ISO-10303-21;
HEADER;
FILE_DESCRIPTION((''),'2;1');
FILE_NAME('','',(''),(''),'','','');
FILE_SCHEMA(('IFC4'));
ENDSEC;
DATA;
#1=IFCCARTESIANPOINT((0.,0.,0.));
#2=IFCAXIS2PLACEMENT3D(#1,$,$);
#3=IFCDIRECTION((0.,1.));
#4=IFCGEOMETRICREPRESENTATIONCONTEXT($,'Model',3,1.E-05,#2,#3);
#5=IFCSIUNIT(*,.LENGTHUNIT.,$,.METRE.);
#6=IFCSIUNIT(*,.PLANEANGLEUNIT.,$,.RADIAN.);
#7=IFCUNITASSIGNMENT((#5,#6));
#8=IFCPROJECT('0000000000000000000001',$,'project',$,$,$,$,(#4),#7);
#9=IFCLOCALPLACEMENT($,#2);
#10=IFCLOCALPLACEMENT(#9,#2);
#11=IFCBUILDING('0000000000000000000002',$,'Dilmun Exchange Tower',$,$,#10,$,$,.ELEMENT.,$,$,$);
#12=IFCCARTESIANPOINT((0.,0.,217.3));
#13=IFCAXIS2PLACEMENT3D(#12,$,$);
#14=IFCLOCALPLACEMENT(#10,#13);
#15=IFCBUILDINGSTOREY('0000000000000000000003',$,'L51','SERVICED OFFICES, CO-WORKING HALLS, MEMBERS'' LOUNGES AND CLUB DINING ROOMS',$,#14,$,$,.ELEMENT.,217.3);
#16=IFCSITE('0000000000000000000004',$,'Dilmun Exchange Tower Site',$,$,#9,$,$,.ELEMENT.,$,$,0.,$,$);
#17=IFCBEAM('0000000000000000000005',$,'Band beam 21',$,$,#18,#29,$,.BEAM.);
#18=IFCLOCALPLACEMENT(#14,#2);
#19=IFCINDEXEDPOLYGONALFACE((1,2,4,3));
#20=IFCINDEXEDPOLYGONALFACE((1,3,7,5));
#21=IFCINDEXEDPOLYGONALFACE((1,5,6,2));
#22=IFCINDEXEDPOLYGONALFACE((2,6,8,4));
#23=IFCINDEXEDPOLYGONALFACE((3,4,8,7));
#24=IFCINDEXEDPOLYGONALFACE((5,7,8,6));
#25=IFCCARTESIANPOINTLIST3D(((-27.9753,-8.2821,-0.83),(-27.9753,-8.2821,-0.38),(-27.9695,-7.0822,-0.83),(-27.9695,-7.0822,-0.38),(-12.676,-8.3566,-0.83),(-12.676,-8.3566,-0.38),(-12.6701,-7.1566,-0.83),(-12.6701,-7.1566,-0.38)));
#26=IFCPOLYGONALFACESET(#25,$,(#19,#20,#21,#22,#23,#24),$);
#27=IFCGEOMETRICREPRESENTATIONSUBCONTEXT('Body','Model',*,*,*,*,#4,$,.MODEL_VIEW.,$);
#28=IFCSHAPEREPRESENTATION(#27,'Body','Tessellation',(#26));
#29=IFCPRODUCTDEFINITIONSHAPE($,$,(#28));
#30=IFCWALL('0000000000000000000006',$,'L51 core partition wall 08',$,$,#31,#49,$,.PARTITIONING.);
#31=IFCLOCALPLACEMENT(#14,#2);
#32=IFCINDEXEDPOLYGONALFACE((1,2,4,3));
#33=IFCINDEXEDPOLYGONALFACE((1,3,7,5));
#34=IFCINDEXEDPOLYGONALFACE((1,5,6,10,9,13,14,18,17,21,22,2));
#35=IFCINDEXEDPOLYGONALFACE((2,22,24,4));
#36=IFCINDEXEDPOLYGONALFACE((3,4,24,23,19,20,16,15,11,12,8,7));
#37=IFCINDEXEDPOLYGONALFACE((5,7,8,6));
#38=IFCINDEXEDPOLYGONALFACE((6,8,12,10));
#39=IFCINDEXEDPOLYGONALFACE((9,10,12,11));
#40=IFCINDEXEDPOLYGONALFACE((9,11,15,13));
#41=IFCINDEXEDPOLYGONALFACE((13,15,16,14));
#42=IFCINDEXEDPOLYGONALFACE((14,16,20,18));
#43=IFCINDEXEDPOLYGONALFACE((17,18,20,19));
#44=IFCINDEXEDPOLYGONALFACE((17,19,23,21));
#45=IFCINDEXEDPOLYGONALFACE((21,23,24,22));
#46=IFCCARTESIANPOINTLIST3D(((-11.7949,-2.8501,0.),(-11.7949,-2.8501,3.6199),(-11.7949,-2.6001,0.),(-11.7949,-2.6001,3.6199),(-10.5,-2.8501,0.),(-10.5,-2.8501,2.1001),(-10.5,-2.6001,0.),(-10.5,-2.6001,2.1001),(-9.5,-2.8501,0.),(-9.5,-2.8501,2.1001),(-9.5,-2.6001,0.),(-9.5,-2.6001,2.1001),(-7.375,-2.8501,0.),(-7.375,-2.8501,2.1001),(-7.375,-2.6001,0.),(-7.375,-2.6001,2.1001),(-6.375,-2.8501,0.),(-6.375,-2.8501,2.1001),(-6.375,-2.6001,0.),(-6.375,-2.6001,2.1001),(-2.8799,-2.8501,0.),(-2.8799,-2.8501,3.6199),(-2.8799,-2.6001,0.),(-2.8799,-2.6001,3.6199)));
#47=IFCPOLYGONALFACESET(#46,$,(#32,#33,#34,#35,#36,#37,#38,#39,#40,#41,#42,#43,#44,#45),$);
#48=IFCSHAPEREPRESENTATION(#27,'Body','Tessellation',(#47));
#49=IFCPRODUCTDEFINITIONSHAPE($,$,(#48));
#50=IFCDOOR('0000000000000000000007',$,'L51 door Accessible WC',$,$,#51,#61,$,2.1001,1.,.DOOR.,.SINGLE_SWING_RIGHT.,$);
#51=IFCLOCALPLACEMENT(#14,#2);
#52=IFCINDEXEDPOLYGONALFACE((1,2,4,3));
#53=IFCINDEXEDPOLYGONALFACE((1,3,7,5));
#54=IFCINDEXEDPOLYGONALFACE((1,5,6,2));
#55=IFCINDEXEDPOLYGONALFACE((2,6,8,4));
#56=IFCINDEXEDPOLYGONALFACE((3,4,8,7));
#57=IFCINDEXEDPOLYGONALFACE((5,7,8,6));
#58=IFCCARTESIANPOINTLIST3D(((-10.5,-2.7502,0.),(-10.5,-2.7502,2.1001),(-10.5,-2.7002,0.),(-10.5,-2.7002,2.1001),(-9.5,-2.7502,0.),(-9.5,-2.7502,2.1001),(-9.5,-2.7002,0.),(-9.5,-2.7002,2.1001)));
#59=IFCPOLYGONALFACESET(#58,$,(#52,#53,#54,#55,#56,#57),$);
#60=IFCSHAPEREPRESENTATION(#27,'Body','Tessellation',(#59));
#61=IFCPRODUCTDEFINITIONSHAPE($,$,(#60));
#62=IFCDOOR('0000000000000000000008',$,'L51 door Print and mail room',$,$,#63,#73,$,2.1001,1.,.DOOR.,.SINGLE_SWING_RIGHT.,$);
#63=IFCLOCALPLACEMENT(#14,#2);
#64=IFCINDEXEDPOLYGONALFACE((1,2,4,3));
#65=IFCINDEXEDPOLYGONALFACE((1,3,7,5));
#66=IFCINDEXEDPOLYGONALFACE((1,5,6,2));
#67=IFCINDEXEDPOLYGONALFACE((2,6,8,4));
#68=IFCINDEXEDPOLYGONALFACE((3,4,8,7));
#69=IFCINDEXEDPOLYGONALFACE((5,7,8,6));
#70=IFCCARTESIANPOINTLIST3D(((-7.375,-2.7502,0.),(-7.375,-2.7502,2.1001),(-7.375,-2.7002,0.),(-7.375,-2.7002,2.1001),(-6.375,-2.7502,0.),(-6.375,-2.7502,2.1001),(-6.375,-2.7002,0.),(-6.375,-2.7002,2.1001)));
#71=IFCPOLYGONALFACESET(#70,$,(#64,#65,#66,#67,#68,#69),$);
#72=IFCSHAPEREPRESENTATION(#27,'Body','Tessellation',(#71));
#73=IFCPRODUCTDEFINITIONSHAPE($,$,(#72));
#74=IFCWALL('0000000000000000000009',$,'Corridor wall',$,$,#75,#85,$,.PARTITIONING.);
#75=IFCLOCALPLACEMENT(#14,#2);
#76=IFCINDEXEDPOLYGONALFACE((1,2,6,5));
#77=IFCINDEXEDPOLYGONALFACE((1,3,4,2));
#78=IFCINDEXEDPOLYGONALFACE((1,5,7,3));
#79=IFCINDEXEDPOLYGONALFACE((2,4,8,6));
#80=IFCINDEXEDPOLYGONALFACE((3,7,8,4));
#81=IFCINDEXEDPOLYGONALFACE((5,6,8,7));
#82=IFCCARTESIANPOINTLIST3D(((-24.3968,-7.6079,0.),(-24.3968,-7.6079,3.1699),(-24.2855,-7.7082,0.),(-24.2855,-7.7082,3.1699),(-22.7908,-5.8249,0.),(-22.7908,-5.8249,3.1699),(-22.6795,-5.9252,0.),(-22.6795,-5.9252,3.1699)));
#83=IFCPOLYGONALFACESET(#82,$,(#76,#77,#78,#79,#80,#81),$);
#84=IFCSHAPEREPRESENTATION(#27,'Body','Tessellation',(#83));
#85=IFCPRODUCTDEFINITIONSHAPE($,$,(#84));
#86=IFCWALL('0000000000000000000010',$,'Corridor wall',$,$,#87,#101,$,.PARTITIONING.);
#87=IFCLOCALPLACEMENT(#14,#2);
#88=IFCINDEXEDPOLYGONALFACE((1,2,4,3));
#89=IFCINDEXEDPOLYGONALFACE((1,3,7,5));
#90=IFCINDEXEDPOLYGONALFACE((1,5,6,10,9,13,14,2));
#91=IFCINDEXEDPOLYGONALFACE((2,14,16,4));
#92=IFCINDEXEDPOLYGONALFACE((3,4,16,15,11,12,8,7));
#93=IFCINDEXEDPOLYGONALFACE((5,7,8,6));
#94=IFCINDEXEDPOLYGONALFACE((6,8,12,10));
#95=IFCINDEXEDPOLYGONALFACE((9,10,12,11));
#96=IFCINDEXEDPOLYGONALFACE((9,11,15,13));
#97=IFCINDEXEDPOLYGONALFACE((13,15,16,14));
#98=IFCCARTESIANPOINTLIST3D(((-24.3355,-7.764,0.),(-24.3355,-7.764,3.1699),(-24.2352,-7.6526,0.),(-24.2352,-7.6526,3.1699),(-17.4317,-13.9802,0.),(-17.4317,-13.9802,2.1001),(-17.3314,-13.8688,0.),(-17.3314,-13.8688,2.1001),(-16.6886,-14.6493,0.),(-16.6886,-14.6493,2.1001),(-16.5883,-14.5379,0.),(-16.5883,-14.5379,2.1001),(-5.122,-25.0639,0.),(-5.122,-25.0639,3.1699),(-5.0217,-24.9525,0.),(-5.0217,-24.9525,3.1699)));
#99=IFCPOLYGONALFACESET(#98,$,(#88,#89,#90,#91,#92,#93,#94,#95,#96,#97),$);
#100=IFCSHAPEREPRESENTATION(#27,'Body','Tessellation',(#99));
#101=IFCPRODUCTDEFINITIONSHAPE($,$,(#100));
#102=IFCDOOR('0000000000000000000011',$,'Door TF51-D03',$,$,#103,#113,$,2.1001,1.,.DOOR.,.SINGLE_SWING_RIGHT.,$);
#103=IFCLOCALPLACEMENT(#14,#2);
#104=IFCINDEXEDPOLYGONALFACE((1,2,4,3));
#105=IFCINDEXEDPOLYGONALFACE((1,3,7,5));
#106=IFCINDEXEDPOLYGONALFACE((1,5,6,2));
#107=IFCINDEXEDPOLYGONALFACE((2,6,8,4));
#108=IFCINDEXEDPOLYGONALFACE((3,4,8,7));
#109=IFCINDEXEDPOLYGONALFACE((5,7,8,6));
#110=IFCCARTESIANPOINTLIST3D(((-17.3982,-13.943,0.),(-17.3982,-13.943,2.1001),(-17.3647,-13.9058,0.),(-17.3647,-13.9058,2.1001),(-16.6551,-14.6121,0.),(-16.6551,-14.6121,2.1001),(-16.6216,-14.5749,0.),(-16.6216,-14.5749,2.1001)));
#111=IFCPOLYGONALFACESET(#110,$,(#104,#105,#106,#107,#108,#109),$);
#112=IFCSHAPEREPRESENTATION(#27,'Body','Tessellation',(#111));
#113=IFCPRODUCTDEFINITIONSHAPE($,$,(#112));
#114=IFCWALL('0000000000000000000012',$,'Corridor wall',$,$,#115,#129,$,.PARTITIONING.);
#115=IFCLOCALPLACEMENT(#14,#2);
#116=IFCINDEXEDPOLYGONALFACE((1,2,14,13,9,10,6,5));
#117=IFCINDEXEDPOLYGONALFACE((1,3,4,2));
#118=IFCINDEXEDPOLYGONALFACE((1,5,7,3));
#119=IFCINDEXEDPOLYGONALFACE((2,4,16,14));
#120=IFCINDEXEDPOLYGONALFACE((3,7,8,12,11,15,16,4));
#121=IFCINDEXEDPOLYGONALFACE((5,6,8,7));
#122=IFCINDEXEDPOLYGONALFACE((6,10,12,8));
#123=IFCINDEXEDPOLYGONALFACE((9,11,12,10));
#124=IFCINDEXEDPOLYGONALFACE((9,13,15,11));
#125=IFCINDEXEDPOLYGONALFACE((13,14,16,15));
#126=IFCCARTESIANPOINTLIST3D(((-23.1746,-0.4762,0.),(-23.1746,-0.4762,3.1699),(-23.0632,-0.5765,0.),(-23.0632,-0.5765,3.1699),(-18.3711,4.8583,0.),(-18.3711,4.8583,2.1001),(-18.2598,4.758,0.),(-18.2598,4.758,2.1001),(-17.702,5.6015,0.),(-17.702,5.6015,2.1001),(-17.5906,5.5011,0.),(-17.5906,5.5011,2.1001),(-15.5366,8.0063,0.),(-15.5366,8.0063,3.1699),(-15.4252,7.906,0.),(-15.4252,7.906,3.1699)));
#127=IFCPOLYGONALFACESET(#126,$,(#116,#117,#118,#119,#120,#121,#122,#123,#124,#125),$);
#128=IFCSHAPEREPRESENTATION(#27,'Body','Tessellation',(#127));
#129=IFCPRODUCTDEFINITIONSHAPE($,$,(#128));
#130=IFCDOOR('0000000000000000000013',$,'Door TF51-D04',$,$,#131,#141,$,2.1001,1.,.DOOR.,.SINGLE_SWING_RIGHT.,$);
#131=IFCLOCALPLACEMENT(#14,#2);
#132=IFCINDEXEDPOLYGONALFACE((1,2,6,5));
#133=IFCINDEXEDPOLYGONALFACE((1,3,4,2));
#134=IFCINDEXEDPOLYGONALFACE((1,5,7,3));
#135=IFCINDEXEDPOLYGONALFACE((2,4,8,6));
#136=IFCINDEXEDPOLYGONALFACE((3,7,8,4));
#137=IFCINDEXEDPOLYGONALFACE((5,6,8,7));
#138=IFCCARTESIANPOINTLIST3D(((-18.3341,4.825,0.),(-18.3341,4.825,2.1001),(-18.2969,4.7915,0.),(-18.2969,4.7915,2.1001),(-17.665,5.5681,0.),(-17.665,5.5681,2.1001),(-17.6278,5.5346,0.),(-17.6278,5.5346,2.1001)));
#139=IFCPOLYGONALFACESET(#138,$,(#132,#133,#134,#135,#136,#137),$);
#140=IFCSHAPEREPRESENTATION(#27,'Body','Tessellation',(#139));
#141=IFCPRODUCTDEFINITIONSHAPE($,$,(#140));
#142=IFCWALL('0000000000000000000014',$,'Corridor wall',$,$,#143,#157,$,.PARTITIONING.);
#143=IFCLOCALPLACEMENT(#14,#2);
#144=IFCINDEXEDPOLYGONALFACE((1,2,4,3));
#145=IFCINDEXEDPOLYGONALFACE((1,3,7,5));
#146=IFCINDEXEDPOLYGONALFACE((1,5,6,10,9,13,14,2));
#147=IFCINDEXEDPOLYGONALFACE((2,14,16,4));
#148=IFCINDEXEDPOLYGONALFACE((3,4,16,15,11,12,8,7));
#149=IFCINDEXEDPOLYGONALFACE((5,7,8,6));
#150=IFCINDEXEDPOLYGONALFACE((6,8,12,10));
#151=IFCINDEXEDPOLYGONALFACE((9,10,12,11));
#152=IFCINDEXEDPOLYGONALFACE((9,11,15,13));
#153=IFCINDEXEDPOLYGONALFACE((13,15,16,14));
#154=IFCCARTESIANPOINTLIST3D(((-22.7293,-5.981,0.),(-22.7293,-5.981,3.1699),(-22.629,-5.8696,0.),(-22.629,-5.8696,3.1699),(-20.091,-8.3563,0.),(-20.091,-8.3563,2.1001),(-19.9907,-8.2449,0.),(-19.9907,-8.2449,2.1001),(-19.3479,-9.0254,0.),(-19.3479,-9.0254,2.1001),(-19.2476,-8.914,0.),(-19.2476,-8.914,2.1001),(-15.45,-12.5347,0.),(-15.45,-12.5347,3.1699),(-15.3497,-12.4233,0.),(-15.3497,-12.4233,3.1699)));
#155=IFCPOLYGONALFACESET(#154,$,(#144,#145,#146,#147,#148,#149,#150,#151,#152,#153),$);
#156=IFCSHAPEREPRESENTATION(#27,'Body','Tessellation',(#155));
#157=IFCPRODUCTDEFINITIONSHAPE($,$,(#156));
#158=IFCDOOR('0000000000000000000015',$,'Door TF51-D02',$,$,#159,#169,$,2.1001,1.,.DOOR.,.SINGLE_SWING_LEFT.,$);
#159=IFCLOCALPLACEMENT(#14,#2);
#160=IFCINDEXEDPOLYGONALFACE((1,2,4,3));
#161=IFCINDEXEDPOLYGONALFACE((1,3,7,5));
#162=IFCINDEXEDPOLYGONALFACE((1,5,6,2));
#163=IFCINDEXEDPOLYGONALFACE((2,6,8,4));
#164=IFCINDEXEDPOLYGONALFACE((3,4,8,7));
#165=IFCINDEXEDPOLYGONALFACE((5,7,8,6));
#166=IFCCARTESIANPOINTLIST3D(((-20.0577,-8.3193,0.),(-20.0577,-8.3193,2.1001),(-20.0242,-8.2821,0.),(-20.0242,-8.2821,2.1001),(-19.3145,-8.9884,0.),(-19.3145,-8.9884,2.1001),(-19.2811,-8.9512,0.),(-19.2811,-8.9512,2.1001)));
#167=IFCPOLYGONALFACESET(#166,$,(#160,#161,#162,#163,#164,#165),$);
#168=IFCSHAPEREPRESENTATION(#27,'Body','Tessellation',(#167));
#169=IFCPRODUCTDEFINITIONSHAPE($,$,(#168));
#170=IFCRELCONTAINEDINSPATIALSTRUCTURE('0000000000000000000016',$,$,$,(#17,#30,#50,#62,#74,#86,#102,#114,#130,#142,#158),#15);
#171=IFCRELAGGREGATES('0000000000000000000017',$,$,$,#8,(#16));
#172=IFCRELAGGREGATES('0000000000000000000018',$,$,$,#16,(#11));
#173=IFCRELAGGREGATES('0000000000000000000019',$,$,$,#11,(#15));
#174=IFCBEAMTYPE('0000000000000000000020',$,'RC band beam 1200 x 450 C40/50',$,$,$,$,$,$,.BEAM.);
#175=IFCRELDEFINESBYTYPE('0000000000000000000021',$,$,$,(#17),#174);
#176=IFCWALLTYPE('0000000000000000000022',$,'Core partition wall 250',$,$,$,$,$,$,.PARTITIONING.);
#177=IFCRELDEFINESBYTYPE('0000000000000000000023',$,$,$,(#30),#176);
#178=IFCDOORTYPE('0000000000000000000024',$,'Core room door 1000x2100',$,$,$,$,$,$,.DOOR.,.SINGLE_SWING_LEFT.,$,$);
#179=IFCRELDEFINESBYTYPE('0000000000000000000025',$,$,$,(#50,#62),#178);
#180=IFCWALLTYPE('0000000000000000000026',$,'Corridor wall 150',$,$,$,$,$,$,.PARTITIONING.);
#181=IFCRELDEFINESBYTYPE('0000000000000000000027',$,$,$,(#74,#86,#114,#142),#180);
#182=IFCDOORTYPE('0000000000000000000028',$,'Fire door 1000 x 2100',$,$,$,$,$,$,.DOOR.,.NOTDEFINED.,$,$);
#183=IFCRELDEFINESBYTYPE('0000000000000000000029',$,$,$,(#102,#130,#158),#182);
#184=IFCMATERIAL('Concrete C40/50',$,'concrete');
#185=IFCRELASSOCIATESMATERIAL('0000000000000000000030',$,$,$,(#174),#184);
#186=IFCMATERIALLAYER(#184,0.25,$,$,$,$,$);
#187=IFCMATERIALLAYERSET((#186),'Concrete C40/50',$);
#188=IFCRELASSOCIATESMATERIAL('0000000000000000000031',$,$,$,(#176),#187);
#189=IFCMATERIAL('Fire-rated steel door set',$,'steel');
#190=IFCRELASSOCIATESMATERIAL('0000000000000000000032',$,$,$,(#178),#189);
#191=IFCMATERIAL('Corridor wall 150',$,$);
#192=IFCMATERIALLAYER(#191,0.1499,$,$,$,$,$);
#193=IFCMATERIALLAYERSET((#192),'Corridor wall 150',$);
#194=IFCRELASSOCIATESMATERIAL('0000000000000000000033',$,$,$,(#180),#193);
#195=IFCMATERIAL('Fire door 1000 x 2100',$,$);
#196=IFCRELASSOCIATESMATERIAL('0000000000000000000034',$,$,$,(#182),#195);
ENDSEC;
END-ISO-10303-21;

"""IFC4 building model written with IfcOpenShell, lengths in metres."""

from ifc_helpers import new_model, si_unit, direction, frame, frame_2d, origin, origin_2d, place, context, subcontext, project, spatial, rectangle, extrude, material, layer, layer_set, material_profile, profile_set, type_object, element, fill, save


model = new_model("IFC4")

# Units and contexts
model_context = context("Model", 3, precision=1e-05, world=origin(), true_north=direction((0.0, 1.0)))
body_context = subcontext(model_context, "Body", "Model", "MODEL_VIEW")
ifc_project = project(units=[si_unit("LENGTHUNIT", "METRE"), si_unit("PLANEANGLEUNIT", "RADIAN")], contexts=[model_context])

# Site, building, storey
site_placement = place(None, origin())
site = spatial("IfcSite", under=ifc_project, at=site_placement, Name="Dilmun Exchange Tower Site", CompositionType="ELEMENT", RefElevation=0.0)
building_placement = place(site_placement, origin())
building = spatial("IfcBuilding", under=site, at=building_placement, Name="Dilmun Exchange Tower", CompositionType="ELEMENT")
storey_placement = place(building_placement, frame((0.0, 0.0, 217.3)))
storey = spatial("IfcBuildingStorey", under=building, at=storey_placement, Name="L51", Description="SERVICED OFFICES, CO-WORKING HALLS, MEMBERS' LOUNGES AND CLUB DINING ROOMS", CompositionType="ELEMENT", Elevation=217.3)

# Beam
ifc_material_1 = material(Name="Concrete C40/50", Category="concrete")
ifc_material_profile = material_profile(ifc_material_1, rectangle(XDim=1.2, YDim=0.45, at=origin_2d()), Name="1200 x 450")
ifc_profile_set = profile_set([ifc_material_profile], Name="Concrete C40/50")
beam_type = type_object("IfcBeamType", Name="RC band beam 1200 x 450 C40/50", PredefinedType="BEAM", material=ifc_profile_set)
beam_placement = place(storey_placement, frame((-27.9724, -7.6821, -0.605), z_axis=(0.999988, -0.004867, 0.0), x_axis=(0.004867, 0.999988, 0.0)))
element("IfcBeam", 1, at=beam_placement, inside=storey, type_object=beam_type, Name="Band beam 21", PredefinedType="BEAM", context=body_context, shape_type="SweptSolid", body=[
    extrude(rectangle(XDim=1.2, YDim=0.45, at=origin_2d()), origin(), (0.0, 0.0, 1.0), 15.2996),
])

# Wall, openings, doors
ifc_layer_1 = layer(ifc_material_1, 0.25)
ifc_layer_set_1 = layer_set([ifc_layer_1], Name="Concrete C40/50")
wall_type_1 = type_object("IfcWallType", Name="Core partition wall 250", PredefinedType="PARTITIONING", material=ifc_layer_set_1)
wall_1_placement = place(storey_placement, frame((-11.7949, -2.7251, 0.0), z_axis=(0.0, 0.0, 1.0), x_axis=(1.0, 0.0, 0.0)))
wall_1 = element("IfcWall", 2, at=wall_1_placement, inside=storey, type_object=wall_type_1, Name="L51 core partition wall 08", PredefinedType="PARTITIONING", context=body_context, shape_type="SweptSolid", body=[
    extrude(rectangle(XDim=8.915, YDim=0.25, at=frame_2d((4.4575, 0.0))), origin(), (0.0, 0.0, 1.0), 3.6199),
])
opening_1_placement = place(wall_1_placement, frame((1.2949, 0.0, 0.0)))
opening_1 = element("IfcOpeningElement", 3, at=opening_1_placement, cuts=wall_1, PredefinedType="OPENING", context=body_context, shape_type="SweptSolid", body=[
    extrude(rectangle(XDim=1.0, YDim=2.1001, at=frame_2d((0.5, 1.05))), frame((0.0, 0.135, 0.0), z_axis=(0.0, -1.0, 0.0), x_axis=(1.0, 0.0, 0.0)), (0.0, 0.0, 1.0), 0.27),
])
opening_2_placement = place(wall_1_placement, frame((4.4199, 0.0, 0.0)))
opening_2 = element("IfcOpeningElement", 4, at=opening_2_placement, cuts=wall_1, PredefinedType="OPENING", context=body_context, shape_type="SweptSolid", body=[
    extrude(rectangle(XDim=1.0, YDim=2.1001, at=frame_2d((0.5, 1.05))), frame((0.0, 0.135, 0.0), z_axis=(0.0, -1.0, 0.0), x_axis=(1.0, 0.0, 0.0)), (0.0, 0.0, 1.0), 0.27),
])
ifc_material_2 = material(Name="Fire-rated steel door set", Category="steel")
door_type_1 = type_object("IfcDoorType", Name="Core room door 1000x2100", OperationType="SINGLE_SWING_LEFT", PredefinedType="DOOR", material=ifc_material_2)
door_1_placement = place(opening_1_placement, origin())
door_1 = element("IfcDoor", 5, at=door_1_placement, inside=storey, type_object=door_type_1, Name="L51 door Accessible WC", OperationType="SINGLE_SWING_RIGHT", OverallHeight=2.1001, OverallWidth=1.0, PredefinedType="DOOR", context=body_context, shape_type="SweptSolid", body=[
    extrude(rectangle(XDim=1.0, YDim=2.1001, at=frame_2d((0.5, 1.05))), frame((0.0, 0.0249, 0.0), z_axis=(0.0, -1.0, 0.0), x_axis=(1.0, 0.0, 0.0)), (0.0, 0.0, 1.0), 0.05),
])
fill(opening_1, door_1)
door_2_placement = place(opening_2_placement, origin())
door_2 = element("IfcDoor", 6, at=door_2_placement, inside=storey, type_object=door_type_1, Name="L51 door Print and mail room", OperationType="SINGLE_SWING_RIGHT", OverallHeight=2.1001, OverallWidth=1.0, PredefinedType="DOOR", context=body_context, shape_type="SweptSolid", body=[
    extrude(rectangle(XDim=1.0, YDim=2.1001, at=frame_2d((0.5, 1.05))), frame((0.0, 0.0249, 0.0), z_axis=(0.0, -1.0, 0.0), x_axis=(1.0, 0.0, 0.0)), (0.0, 0.0, 1.0), 0.05),
])
fill(opening_2, door_2)

# Wall
ifc_material_3 = material(Name="Corridor wall 150")
ifc_layer_2 = layer(ifc_material_3, 0.1499)
ifc_layer_set_2 = layer_set([ifc_layer_2], Name="Corridor wall 150")
wall_type_2 = type_object("IfcWallType", Name="Corridor wall 150", PredefinedType="PARTITIONING", material=ifc_layer_set_2)
wall_2_placement = place(storey_placement, frame((-24.3411, -7.658, 0.0), z_axis=(0.0, 0.0, 1.0), x_axis=(0.669263, 0.743026, 0.0)))
element("IfcWall", 7, at=wall_2_placement, inside=storey, type_object=wall_type_2, Name="Corridor wall", PredefinedType="PARTITIONING", context=body_context, shape_type="SweptSolid", body=[
    extrude(rectangle(XDim=2.3997, YDim=0.1499, at=frame_2d((1.1997, 0.0))), origin(), (0.0, 0.0, 1.0), 3.1699),
])

# Walls, openings, doors
wall_3_placement = place(storey_placement, frame((-24.2854, -7.7083, 0.0), z_axis=(0.0, 0.0, 1.0), x_axis=(0.743145, -0.669131, 0.0)))
wall_3 = element("IfcWall", 8, at=wall_3_placement, inside=storey, type_object=wall_type_2, Name="Corridor wall", PredefinedType="PARTITIONING", context=body_context, shape_type="SweptSolid", body=[
    extrude(rectangle(XDim=25.8542, YDim=0.1499, at=frame_2d((12.9272, 0.0))), origin(), (0.0, 0.0, 1.0), 3.1699),
])
opening_3_placement = place(wall_3_placement, frame((9.29, 0.0, 0.0)))
opening_3 = element("IfcOpeningElement", 9, at=opening_3_placement, cuts=wall_3, PredefinedType="OPENING", context=body_context, shape_type="SweptSolid", body=[
    extrude(rectangle(XDim=1.0, YDim=2.1001, at=frame_2d((0.5, 1.05))), frame((0.0, 0.085, 0.0), z_axis=(0.0, -1.0, 0.0), x_axis=(1.0, 0.0, 0.0)), (0.0, 0.0, 1.0), 0.1699),
])
ifc_material_4 = material(Name="Fire door 1000 x 2100")
door_type_2 = type_object("IfcDoorType", Name="Fire door 1000 x 2100", OperationType="NOTDEFINED", PredefinedType="DOOR", material=ifc_material_4)
door_3_placement = place(opening_3_placement, frame((1.0, 0.0, 0.0), z_axis=(0.0, 0.0, 1.0), x_axis=(-1.0, 0.0, 0.0)))
door_3 = element("IfcDoor", 10, at=door_3_placement, inside=storey, type_object=door_type_2, Name="Door TF51-D03", OperationType="SINGLE_SWING_RIGHT", OverallHeight=2.1001, OverallWidth=1.0, PredefinedType="DOOR", context=body_context, shape_type="SweptSolid", body=[
    extrude(rectangle(XDim=1.0, YDim=2.1001, at=frame_2d((0.5, 1.05))), frame((0.0, 0.0249, 0.0), z_axis=(0.0, -1.0, 0.0), x_axis=(1.0, 0.0, 0.0)), (0.0, 0.0, 1.0), 0.05),
])
fill(opening_3, door_3)
wall_4_placement = place(storey_placement, frame((-23.1189, -0.5264, 0.0), z_axis=(0.0, 0.0, 1.0), x_axis=(0.669147, 0.74313, 0.0)))
wall_4 = element("IfcWall", 11, at=wall_4_placement, inside=storey, type_object=wall_type_2, Name="Corridor wall", PredefinedType="PARTITIONING", context=body_context, shape_type="SweptSolid", body=[
    extrude(rectangle(XDim=11.4146, YDim=0.1499, at=frame_2d((5.7073, 0.0))), origin(), (0.0, 0.0, 1.0), 3.1699),
])
opening_4_placement = place(wall_4_placement, frame((7.1785, 0.0, 0.0)))
opening_4 = element("IfcOpeningElement", 12, at=opening_4_placement, cuts=wall_4, PredefinedType="OPENING", context=body_context, shape_type="SweptSolid", body=[
    extrude(rectangle(XDim=1.0, YDim=2.1001, at=frame_2d((0.5, 1.05))), frame((0.0, 0.085, 0.0), z_axis=(0.0, -1.0, 0.0), x_axis=(1.0, 0.0, 0.0)), (0.0, 0.0, 1.0), 0.1699),
])
door_4_placement = place(opening_4_placement, frame((1.0, 0.0, 0.0), z_axis=(0.0, 0.0, 1.0), x_axis=(-1.0, 0.0, 0.0)))
door_4 = element("IfcDoor", 13, at=door_4_placement, inside=storey, type_object=door_type_2, Name="Door TF51-D04", OperationType="SINGLE_SWING_RIGHT", OverallHeight=2.1001, OverallWidth=1.0, PredefinedType="DOOR", context=body_context, shape_type="SweptSolid", body=[
    extrude(rectangle(XDim=1.0, YDim=2.1001, at=frame_2d((0.5, 1.05))), frame((0.0, 0.0249, 0.0), z_axis=(0.0, -1.0, 0.0), x_axis=(1.0, 0.0, 0.0)), (0.0, 0.0, 1.0), 0.05),
])
fill(opening_4, door_4)
wall_5_placement = place(storey_placement, frame((-22.6792, -5.9253, 0.0), z_axis=(0.0, 0.0, 1.0), x_axis=(0.743175, -0.669097, 0.0)))
wall_5 = element("IfcWall", 14, at=wall_5_placement, inside=storey, type_object=wall_type_2, Name="Corridor wall", PredefinedType="PARTITIONING", context=body_context, shape_type="SweptSolid", body=[
    extrude(rectangle(XDim=9.7949, YDim=0.1499, at=frame_2d((4.8975, 0.0))), origin(), (0.0, 0.0, 1.0), 3.1699),
])
opening_5_placement = place(wall_5_placement, frame((3.55, 0.0, 0.0)))
opening_5 = element("IfcOpeningElement", 15, at=opening_5_placement, cuts=wall_5, PredefinedType="OPENING", context=body_context, shape_type="SweptSolid", body=[
    extrude(rectangle(XDim=1.0, YDim=2.1001, at=frame_2d((0.5, 1.05))), frame((0.0, 0.085, 0.0), z_axis=(0.0, -1.0, 0.0), x_axis=(1.0, 0.0, 0.0)), (0.0, 0.0, 1.0), 0.1699),
])
door_5_placement = place(opening_5_placement, origin())
door_5 = element("IfcDoor", 16, at=door_5_placement, inside=storey, type_object=door_type_2, Name="Door TF51-D02", OperationType="SINGLE_SWING_LEFT", OverallHeight=2.1001, OverallWidth=1.0, PredefinedType="DOOR", context=body_context, shape_type="SweptSolid", body=[
    extrude(rectangle(XDim=1.0, YDim=2.1001, at=frame_2d((0.5, 1.05))), frame((0.0, 0.0249, 0.0), z_axis=(0.0, -1.0, 0.0), x_axis=(1.0, 0.0, 0.0)), (0.0, 0.0, 1.0), 0.05),
])
fill(opening_5, door_5)

save(model, "model.ifc")
